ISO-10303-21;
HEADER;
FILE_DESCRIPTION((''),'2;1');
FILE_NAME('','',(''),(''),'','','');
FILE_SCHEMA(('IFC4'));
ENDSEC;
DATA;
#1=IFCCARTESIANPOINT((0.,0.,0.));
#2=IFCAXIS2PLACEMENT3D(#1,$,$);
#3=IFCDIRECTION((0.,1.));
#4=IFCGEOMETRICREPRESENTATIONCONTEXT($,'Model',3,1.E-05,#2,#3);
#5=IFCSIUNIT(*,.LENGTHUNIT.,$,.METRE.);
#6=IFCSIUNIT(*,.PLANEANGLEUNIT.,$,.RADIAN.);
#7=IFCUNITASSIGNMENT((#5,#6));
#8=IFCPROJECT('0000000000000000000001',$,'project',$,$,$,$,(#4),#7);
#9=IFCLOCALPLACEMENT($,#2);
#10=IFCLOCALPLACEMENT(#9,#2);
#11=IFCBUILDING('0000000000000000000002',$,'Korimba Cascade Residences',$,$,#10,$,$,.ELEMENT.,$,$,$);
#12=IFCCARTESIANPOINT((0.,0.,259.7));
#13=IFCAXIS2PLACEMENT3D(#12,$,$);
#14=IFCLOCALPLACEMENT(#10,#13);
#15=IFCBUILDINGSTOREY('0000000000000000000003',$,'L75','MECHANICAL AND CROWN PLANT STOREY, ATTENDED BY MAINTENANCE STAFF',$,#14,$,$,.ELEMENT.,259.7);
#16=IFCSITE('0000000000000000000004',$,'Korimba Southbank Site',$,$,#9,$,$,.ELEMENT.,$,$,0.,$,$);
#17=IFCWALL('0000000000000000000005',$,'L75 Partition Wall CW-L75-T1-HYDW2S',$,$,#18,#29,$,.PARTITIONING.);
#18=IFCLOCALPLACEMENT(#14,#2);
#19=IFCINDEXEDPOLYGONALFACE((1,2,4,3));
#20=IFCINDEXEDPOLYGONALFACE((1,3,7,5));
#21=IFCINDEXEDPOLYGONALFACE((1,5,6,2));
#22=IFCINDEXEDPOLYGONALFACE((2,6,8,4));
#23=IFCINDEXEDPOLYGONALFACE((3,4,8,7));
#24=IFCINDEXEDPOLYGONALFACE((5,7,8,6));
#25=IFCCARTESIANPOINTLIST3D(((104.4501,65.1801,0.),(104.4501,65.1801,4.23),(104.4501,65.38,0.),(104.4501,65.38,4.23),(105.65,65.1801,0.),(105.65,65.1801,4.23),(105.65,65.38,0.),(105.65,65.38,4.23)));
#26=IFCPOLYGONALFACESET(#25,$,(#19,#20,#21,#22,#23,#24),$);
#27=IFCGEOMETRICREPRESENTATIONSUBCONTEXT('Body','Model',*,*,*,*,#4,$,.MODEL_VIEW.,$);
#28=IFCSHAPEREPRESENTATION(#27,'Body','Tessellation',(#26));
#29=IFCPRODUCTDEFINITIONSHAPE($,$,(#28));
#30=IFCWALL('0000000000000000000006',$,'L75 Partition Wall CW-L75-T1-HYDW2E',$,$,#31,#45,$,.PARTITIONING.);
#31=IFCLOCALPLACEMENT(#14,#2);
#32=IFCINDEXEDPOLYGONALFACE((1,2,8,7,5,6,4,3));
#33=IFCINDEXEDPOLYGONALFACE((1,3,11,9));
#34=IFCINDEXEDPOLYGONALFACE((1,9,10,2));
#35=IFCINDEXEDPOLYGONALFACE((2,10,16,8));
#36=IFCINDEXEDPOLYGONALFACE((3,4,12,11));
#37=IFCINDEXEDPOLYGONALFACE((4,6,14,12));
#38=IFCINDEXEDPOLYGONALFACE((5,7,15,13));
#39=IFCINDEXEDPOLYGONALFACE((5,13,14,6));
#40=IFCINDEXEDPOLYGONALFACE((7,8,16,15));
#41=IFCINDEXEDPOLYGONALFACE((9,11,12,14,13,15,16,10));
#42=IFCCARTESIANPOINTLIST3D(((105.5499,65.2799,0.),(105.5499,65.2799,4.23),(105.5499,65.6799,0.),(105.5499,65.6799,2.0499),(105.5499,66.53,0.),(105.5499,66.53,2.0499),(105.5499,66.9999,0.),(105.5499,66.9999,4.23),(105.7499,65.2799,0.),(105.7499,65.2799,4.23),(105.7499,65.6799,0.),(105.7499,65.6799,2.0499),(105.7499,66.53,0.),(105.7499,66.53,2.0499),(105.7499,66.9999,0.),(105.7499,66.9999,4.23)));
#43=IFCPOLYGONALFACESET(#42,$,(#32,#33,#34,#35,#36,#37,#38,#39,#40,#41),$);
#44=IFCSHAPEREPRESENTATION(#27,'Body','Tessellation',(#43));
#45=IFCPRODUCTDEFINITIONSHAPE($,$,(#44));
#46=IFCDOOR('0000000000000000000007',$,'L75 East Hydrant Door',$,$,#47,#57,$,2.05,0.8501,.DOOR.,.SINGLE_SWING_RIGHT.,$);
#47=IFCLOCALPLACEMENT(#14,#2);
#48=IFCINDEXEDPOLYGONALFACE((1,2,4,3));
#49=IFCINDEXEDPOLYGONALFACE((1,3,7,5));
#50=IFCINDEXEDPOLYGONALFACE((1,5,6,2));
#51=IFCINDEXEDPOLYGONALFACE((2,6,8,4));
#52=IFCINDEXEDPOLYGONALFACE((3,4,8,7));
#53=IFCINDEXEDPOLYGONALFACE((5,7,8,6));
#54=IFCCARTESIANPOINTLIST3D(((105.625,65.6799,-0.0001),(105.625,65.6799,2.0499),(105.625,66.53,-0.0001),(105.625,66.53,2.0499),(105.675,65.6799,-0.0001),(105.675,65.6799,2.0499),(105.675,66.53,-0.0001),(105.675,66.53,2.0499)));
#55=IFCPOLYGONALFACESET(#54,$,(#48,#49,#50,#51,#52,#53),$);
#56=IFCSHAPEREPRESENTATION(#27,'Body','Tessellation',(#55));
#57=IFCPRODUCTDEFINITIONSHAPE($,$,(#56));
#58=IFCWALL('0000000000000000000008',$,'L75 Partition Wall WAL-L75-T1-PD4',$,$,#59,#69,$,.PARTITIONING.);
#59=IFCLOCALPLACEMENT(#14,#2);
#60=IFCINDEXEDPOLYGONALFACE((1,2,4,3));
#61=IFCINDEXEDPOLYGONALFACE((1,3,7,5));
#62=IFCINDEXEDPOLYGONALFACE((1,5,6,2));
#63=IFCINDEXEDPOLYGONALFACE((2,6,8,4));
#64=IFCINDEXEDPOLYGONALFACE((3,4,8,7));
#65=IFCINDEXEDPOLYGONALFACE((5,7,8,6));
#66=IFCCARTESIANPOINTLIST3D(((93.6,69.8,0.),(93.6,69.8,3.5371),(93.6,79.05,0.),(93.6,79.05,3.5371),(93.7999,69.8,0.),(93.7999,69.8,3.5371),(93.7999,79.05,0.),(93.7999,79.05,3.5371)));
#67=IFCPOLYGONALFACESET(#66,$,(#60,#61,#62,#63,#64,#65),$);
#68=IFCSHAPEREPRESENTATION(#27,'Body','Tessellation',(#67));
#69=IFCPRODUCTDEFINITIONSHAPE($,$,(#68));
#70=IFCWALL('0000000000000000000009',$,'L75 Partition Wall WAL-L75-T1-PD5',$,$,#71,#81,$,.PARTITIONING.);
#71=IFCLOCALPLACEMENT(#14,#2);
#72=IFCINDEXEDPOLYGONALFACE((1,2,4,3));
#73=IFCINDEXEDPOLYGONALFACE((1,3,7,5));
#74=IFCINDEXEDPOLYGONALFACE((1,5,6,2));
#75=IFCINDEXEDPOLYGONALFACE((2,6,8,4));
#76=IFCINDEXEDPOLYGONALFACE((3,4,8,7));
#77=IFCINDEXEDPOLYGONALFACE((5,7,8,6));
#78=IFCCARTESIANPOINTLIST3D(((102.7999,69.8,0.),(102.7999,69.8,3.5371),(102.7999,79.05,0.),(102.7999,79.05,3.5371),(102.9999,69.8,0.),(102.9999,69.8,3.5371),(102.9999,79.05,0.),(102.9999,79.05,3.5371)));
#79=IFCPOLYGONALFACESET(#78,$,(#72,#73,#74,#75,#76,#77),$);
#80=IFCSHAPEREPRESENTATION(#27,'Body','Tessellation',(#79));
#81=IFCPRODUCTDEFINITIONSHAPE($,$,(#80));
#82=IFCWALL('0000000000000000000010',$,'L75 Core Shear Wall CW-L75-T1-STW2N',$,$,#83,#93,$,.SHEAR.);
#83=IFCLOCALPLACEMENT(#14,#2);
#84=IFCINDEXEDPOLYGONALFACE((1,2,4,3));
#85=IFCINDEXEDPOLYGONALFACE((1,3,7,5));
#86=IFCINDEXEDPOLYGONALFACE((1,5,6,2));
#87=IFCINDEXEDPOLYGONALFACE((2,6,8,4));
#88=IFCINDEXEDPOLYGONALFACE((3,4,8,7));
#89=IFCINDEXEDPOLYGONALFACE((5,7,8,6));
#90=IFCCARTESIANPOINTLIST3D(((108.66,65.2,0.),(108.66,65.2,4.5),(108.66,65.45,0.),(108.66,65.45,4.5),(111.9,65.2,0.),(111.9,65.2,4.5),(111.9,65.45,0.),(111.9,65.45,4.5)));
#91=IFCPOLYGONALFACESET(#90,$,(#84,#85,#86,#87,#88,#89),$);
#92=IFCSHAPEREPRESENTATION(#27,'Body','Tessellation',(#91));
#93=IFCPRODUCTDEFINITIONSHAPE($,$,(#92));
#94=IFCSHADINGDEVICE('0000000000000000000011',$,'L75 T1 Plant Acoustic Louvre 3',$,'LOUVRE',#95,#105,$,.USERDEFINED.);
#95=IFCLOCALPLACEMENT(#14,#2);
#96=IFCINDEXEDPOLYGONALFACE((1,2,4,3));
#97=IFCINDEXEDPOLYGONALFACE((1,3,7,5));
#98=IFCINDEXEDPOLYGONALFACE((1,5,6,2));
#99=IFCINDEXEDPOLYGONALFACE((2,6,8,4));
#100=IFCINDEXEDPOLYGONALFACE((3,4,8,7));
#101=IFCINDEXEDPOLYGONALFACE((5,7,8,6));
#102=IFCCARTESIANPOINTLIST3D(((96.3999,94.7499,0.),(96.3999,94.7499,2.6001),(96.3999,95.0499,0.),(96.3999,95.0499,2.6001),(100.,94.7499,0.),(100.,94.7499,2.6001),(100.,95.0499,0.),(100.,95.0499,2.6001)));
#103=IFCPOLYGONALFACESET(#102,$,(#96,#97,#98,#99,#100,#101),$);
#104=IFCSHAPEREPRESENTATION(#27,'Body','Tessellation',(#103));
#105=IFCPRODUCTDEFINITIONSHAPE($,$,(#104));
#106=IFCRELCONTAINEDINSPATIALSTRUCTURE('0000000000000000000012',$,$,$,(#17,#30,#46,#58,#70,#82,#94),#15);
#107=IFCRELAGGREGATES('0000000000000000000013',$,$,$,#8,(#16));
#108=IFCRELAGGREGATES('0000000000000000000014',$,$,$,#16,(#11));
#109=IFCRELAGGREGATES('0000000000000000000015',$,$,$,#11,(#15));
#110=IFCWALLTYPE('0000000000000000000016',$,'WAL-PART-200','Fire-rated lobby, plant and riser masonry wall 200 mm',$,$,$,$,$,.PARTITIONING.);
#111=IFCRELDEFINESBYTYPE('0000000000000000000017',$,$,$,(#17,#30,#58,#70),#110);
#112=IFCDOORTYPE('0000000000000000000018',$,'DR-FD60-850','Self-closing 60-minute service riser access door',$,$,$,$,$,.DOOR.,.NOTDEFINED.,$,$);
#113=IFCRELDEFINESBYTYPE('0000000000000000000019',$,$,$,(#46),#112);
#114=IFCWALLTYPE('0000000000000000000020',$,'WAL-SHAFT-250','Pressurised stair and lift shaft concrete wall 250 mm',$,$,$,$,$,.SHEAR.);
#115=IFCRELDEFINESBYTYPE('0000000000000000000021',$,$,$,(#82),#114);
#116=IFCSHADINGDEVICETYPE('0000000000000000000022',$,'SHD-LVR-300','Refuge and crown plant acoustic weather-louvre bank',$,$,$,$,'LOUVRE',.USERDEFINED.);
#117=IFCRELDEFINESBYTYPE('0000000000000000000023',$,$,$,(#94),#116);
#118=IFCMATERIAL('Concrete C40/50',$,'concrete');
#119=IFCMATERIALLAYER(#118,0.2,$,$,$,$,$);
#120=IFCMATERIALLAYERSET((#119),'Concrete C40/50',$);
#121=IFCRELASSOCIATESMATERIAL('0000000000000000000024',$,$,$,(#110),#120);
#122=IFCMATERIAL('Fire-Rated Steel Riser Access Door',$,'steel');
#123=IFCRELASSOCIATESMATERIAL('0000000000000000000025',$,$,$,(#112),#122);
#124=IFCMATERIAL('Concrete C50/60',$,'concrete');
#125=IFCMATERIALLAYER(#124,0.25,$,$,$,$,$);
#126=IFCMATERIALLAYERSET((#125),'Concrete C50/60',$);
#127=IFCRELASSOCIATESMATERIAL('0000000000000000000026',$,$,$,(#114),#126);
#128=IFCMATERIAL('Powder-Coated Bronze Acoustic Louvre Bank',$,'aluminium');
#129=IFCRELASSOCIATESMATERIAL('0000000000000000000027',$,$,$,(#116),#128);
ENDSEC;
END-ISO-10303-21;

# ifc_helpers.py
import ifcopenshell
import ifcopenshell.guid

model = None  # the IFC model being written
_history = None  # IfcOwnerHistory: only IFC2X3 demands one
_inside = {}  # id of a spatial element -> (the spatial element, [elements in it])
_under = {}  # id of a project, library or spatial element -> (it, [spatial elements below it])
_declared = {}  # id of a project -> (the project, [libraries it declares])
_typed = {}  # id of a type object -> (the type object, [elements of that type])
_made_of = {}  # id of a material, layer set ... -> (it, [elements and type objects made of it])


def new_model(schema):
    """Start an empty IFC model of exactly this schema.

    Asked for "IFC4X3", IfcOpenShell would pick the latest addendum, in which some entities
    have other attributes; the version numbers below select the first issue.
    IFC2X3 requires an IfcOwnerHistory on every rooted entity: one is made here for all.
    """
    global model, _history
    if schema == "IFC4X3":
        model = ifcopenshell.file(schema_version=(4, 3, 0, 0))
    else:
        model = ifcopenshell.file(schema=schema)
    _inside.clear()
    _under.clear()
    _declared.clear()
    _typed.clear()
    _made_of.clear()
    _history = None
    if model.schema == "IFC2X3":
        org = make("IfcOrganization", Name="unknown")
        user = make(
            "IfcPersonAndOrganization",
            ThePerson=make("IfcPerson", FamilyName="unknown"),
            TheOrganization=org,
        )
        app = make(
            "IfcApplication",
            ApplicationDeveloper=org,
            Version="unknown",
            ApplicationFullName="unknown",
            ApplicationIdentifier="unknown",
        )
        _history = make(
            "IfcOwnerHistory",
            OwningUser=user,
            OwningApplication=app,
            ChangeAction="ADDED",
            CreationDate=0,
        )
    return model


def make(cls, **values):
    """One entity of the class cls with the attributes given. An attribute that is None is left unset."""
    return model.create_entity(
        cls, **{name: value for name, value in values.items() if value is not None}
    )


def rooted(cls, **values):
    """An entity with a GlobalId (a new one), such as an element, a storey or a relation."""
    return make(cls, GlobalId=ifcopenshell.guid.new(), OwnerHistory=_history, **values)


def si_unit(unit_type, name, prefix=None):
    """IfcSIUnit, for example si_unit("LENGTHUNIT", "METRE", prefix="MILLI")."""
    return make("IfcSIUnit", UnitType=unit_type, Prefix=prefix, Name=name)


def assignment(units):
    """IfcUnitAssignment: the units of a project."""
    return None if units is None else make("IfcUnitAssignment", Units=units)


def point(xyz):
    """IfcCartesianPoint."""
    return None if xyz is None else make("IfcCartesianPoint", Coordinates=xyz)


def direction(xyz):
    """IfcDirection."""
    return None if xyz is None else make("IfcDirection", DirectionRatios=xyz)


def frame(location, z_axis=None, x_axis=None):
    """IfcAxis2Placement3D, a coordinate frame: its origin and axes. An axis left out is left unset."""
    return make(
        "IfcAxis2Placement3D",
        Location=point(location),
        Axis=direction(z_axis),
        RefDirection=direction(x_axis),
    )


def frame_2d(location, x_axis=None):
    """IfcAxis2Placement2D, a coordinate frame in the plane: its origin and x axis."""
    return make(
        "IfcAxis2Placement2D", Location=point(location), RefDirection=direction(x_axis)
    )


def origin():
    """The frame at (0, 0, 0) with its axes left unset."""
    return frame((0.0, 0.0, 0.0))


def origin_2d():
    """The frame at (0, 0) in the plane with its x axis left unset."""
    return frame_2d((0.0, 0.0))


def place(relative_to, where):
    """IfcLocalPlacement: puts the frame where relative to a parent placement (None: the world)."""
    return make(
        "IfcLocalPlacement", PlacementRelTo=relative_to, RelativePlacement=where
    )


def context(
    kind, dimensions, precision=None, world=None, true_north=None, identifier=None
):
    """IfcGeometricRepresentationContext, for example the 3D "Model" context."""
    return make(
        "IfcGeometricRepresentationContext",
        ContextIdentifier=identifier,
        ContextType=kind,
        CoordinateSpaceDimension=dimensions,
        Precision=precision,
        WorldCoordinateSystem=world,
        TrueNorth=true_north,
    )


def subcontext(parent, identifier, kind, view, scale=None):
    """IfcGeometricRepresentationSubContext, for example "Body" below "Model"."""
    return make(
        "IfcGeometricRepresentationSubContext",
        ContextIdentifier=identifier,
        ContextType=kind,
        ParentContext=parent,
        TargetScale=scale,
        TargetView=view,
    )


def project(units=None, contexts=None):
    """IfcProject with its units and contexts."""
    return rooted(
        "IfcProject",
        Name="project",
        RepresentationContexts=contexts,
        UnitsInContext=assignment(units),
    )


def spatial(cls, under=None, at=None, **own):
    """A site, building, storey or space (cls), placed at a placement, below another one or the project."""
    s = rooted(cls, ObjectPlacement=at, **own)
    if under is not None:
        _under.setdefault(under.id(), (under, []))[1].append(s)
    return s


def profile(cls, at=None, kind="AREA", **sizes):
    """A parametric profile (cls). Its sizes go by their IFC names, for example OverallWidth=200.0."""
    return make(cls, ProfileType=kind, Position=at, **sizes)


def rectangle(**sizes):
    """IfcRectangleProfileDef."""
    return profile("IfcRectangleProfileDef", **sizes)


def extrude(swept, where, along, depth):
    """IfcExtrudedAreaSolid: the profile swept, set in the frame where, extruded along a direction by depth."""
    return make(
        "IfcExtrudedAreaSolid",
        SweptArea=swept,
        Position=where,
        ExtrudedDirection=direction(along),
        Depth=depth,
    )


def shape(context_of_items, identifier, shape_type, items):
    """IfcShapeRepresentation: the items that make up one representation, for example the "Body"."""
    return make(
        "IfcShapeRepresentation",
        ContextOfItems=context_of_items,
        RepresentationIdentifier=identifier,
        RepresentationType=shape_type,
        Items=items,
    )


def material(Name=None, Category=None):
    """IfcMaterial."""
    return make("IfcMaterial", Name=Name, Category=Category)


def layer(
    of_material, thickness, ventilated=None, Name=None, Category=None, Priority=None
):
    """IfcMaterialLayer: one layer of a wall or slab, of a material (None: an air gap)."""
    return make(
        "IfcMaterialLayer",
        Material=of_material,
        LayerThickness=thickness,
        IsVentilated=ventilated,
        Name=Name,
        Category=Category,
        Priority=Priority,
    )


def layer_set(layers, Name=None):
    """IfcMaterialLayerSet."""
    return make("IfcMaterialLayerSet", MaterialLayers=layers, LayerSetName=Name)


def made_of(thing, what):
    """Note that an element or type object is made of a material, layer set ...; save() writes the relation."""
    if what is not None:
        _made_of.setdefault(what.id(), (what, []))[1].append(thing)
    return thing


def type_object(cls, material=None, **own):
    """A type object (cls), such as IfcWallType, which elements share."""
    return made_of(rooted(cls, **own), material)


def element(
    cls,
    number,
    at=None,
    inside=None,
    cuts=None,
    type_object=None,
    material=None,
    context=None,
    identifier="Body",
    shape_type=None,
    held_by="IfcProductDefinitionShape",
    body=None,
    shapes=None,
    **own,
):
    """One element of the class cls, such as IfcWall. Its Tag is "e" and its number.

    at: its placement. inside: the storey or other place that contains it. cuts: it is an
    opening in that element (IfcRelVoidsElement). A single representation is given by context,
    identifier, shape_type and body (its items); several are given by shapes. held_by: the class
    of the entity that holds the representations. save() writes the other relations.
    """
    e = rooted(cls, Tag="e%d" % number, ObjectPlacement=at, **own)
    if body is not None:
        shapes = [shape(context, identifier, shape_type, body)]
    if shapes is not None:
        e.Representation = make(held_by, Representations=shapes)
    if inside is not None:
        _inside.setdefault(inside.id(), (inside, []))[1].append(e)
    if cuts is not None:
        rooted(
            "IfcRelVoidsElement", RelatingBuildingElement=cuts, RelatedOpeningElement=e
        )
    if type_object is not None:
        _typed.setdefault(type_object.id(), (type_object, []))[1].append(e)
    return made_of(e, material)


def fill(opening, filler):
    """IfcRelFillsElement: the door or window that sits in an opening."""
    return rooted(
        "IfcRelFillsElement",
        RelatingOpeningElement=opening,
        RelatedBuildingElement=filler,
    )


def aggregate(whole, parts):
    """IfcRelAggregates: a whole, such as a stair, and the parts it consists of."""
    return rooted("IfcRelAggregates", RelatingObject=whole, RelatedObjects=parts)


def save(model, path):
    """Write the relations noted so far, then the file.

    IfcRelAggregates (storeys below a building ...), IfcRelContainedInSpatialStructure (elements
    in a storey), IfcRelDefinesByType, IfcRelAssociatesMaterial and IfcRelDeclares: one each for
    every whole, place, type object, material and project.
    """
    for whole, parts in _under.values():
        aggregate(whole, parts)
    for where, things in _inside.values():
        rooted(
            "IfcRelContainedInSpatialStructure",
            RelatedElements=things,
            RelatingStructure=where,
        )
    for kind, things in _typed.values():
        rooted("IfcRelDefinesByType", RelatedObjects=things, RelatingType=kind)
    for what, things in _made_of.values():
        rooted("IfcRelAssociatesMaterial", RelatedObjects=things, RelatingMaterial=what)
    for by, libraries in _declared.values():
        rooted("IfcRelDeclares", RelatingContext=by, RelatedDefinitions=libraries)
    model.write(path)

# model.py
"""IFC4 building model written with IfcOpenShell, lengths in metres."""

from ifc_helpers import new_model, si_unit, direction, frame, frame_2d, origin, origin_2d, place, context, subcontext, project, spatial, rectangle, extrude, material, layer, layer_set, type_object, element, fill, save


model = new_model("IFC4")

# Units and contexts
model_context = context("Model", 3, precision=1e-05, world=origin(), true_north=direction((0.0, 1.0)))
body_context = subcontext(model_context, "Body", "Model", "MODEL_VIEW")
ifc_project = project(units=[si_unit("LENGTHUNIT", "METRE"), si_unit("PLANEANGLEUNIT", "RADIAN")], contexts=[model_context])

# Site, building, storey
site_placement = place(None, origin())
site = spatial("IfcSite", under=ifc_project, at=site_placement, Name="Korimba Southbank Site", CompositionType="ELEMENT", RefElevation=0.0)
building_placement = place(site_placement, origin())
building = spatial("IfcBuilding", under=site, at=building_placement, Name="Korimba Cascade Residences", CompositionType="ELEMENT")
storey_placement = place(building_placement, frame((0.0, 0.0, 259.7)))
storey = spatial("IfcBuildingStorey", under=building, at=storey_placement, Name="L75", Description="MECHANICAL AND CROWN PLANT STOREY, ATTENDED BY MAINTENANCE STAFF", CompositionType="ELEMENT", Elevation=259.7)

# Shared definitions
ifc_material_1 = material(Name="Concrete C50/60", Category="concrete")

# Wall
ifc_material_2 = material(Name="Concrete C40/50", Category="concrete")
ifc_layer_1 = layer(ifc_material_2, 0.2)
ifc_layer_set_1 = layer_set([ifc_layer_1], Name="Concrete C40/50")
wall_type_1 = type_object("IfcWallType", Name="WAL-PART-200", Description="Fire-rated lobby, plant and riser masonry wall 200 mm", PredefinedType="PARTITIONING", material=ifc_layer_set_1)
wall_1_placement = place(storey_placement, frame((104.45, 65.28, 0.0), z_axis=(0.0, 0.0, 1.0), x_axis=(1.0, 0.0, 0.0)))
element("IfcWall", 1, at=wall_1_placement, inside=storey, type_object=wall_type_1, Name="L75 Partition Wall CW-L75-T1-HYDW2S", PredefinedType="PARTITIONING", context=body_context, shape_type="SweptSolid", body=[
    extrude(rectangle(XDim=1.2, YDim=0.2, at=frame_2d((0.6001, 0.0))), origin(), (0.0, 0.0, 1.0), 4.23),
])

# Wall, opening, door
wall_2_placement = place(storey_placement, frame((105.6499, 65.28, 0.0), z_axis=(0.0, 0.0, 1.0), x_axis=(0.0, 1.0, 0.0)))
wall_2 = element("IfcWall", 2, at=wall_2_placement, inside=storey, type_object=wall_type_1, Name="L75 Partition Wall CW-L75-T1-HYDW2E", PredefinedType="PARTITIONING", context=body_context, shape_type="SweptSolid", body=[
    extrude(rectangle(XDim=1.72, YDim=0.2, at=frame_2d((0.8599, 0.0))), origin(), (0.0, 0.0, 1.0), 4.23),
])
opening_placement = place(wall_2_placement, frame((0.3999, 0.0, 0.0)))
opening = element("IfcOpeningElement", 3, at=opening_placement, cuts=wall_2, PredefinedType="OPENING", context=body_context, shape_type="SweptSolid", body=[
    extrude(rectangle(XDim=0.8501, YDim=2.05, at=frame_2d((0.425, 1.0249))), frame((0.0, 0.1099, 0.0), z_axis=(0.0, -1.0, 0.0), x_axis=(1.0, 0.0, 0.0)), (0.0, 0.0, 1.0), 0.22),
])
ifc_material_3 = material(Name="Fire-Rated Steel Riser Access Door", Category="steel")
door_type = type_object("IfcDoorType", Name="DR-FD60-850", Description="Self-closing 60-minute service riser access door", OperationType="NOTDEFINED", PredefinedType="DOOR", material=ifc_material_3)
door_placement = place(opening_placement, origin())
door = element("IfcDoor", 4, at=door_placement, inside=storey, type_object=door_type, Name="L75 East Hydrant Door", OperationType="SINGLE_SWING_RIGHT", OverallHeight=2.05, OverallWidth=0.8501, PredefinedType="DOOR", context=body_context, shape_type="SweptSolid", body=[
    extrude(rectangle(XDim=0.8501, YDim=2.05, at=frame_2d((0.425, 1.0249))), frame((0.0, 0.0249, 0.0), z_axis=(0.0, -1.0, 0.0), x_axis=(1.0, 0.0, 0.0)), (0.0, 0.0, 1.0), 0.05),
])
fill(opening, door)

# Walls
for number, where, z_axis, x_axis, name in (
    (5, (93.7, 69.8, 0.0), (0.0, 0.0, 1.0), (0.0, 1.0, 0.0), "L75 Partition Wall WAL-L75-T1-PD4"),
    (6, (102.8999, 69.8, 0.0), (0.0, 0.0, 1.0), (0.0, 1.0, 0.0), "L75 Partition Wall WAL-L75-T1-PD5"),
):
    element("IfcWall", number, at=place(storey_placement, frame(where, z_axis=z_axis, x_axis=x_axis)), inside=storey, type_object=wall_type_1, Name=name, PredefinedType="PARTITIONING", context=body_context, shape_type="SweptSolid", body=[
        extrude(rectangle(XDim=9.25, YDim=0.2, at=frame_2d((4.625, 0.0))), origin(), (0.0, 0.0, 1.0), 3.5371),
    ])
ifc_layer_2 = layer(ifc_material_1, 0.25)
ifc_layer_set_2 = layer_set([ifc_layer_2], Name="Concrete C50/60")
wall_type_2 = type_object("IfcWallType", Name="WAL-SHAFT-250", Description="Pressurised stair and lift shaft concrete wall 250 mm", PredefinedType="SHEAR", material=ifc_layer_set_2)
wall_3_placement = place(storey_placement, frame((108.6599, 65.325, 0.0), z_axis=(0.0, 0.0, 1.0), x_axis=(1.0, 0.0, 0.0)))
element("IfcWall", 7, at=wall_3_placement, inside=storey, type_object=wall_type_2, Name="L75 Core Shear Wall CW-L75-T1-STW2N", PredefinedType="SHEAR", context=body_context, shape_type="SweptSolid", body=[
    extrude(rectangle(XDim=3.24, YDim=0.25, at=frame_2d((1.6201, 0.0))), origin(), (0.0, 0.0, 1.0), 4.5),
])

# Shading device
ifc_material_4 = material(Name="Powder-Coated Bronze Acoustic Louvre Bank", Category="aluminium")
shading_device_type = type_object("IfcShadingDeviceType", Name="SHD-LVR-300", Description="Refuge and crown plant acoustic weather-louvre bank", ElementType="LOUVRE", PredefinedType="USERDEFINED", material=ifc_material_4)
shading_device_placement = place(storey_placement, frame((98.2, 94.8999, 0.0), z_axis=(0.0, 0.0, 1.0), x_axis=(1.0, 0.0, 0.0)))
element("IfcShadingDevice", 8, at=shading_device_placement, inside=storey, type_object=shading_device_type, Name="L75 T1 Plant Acoustic Louvre 3", ObjectType="LOUVRE", PredefinedType="USERDEFINED", context=body_context, shape_type="SweptSolid", body=[
    extrude(rectangle(XDim=3.6001, YDim=0.3, at=origin_2d()), origin(), (0.0, 0.0, 1.0), 2.6001),
])

save(model, "model.ifc")
